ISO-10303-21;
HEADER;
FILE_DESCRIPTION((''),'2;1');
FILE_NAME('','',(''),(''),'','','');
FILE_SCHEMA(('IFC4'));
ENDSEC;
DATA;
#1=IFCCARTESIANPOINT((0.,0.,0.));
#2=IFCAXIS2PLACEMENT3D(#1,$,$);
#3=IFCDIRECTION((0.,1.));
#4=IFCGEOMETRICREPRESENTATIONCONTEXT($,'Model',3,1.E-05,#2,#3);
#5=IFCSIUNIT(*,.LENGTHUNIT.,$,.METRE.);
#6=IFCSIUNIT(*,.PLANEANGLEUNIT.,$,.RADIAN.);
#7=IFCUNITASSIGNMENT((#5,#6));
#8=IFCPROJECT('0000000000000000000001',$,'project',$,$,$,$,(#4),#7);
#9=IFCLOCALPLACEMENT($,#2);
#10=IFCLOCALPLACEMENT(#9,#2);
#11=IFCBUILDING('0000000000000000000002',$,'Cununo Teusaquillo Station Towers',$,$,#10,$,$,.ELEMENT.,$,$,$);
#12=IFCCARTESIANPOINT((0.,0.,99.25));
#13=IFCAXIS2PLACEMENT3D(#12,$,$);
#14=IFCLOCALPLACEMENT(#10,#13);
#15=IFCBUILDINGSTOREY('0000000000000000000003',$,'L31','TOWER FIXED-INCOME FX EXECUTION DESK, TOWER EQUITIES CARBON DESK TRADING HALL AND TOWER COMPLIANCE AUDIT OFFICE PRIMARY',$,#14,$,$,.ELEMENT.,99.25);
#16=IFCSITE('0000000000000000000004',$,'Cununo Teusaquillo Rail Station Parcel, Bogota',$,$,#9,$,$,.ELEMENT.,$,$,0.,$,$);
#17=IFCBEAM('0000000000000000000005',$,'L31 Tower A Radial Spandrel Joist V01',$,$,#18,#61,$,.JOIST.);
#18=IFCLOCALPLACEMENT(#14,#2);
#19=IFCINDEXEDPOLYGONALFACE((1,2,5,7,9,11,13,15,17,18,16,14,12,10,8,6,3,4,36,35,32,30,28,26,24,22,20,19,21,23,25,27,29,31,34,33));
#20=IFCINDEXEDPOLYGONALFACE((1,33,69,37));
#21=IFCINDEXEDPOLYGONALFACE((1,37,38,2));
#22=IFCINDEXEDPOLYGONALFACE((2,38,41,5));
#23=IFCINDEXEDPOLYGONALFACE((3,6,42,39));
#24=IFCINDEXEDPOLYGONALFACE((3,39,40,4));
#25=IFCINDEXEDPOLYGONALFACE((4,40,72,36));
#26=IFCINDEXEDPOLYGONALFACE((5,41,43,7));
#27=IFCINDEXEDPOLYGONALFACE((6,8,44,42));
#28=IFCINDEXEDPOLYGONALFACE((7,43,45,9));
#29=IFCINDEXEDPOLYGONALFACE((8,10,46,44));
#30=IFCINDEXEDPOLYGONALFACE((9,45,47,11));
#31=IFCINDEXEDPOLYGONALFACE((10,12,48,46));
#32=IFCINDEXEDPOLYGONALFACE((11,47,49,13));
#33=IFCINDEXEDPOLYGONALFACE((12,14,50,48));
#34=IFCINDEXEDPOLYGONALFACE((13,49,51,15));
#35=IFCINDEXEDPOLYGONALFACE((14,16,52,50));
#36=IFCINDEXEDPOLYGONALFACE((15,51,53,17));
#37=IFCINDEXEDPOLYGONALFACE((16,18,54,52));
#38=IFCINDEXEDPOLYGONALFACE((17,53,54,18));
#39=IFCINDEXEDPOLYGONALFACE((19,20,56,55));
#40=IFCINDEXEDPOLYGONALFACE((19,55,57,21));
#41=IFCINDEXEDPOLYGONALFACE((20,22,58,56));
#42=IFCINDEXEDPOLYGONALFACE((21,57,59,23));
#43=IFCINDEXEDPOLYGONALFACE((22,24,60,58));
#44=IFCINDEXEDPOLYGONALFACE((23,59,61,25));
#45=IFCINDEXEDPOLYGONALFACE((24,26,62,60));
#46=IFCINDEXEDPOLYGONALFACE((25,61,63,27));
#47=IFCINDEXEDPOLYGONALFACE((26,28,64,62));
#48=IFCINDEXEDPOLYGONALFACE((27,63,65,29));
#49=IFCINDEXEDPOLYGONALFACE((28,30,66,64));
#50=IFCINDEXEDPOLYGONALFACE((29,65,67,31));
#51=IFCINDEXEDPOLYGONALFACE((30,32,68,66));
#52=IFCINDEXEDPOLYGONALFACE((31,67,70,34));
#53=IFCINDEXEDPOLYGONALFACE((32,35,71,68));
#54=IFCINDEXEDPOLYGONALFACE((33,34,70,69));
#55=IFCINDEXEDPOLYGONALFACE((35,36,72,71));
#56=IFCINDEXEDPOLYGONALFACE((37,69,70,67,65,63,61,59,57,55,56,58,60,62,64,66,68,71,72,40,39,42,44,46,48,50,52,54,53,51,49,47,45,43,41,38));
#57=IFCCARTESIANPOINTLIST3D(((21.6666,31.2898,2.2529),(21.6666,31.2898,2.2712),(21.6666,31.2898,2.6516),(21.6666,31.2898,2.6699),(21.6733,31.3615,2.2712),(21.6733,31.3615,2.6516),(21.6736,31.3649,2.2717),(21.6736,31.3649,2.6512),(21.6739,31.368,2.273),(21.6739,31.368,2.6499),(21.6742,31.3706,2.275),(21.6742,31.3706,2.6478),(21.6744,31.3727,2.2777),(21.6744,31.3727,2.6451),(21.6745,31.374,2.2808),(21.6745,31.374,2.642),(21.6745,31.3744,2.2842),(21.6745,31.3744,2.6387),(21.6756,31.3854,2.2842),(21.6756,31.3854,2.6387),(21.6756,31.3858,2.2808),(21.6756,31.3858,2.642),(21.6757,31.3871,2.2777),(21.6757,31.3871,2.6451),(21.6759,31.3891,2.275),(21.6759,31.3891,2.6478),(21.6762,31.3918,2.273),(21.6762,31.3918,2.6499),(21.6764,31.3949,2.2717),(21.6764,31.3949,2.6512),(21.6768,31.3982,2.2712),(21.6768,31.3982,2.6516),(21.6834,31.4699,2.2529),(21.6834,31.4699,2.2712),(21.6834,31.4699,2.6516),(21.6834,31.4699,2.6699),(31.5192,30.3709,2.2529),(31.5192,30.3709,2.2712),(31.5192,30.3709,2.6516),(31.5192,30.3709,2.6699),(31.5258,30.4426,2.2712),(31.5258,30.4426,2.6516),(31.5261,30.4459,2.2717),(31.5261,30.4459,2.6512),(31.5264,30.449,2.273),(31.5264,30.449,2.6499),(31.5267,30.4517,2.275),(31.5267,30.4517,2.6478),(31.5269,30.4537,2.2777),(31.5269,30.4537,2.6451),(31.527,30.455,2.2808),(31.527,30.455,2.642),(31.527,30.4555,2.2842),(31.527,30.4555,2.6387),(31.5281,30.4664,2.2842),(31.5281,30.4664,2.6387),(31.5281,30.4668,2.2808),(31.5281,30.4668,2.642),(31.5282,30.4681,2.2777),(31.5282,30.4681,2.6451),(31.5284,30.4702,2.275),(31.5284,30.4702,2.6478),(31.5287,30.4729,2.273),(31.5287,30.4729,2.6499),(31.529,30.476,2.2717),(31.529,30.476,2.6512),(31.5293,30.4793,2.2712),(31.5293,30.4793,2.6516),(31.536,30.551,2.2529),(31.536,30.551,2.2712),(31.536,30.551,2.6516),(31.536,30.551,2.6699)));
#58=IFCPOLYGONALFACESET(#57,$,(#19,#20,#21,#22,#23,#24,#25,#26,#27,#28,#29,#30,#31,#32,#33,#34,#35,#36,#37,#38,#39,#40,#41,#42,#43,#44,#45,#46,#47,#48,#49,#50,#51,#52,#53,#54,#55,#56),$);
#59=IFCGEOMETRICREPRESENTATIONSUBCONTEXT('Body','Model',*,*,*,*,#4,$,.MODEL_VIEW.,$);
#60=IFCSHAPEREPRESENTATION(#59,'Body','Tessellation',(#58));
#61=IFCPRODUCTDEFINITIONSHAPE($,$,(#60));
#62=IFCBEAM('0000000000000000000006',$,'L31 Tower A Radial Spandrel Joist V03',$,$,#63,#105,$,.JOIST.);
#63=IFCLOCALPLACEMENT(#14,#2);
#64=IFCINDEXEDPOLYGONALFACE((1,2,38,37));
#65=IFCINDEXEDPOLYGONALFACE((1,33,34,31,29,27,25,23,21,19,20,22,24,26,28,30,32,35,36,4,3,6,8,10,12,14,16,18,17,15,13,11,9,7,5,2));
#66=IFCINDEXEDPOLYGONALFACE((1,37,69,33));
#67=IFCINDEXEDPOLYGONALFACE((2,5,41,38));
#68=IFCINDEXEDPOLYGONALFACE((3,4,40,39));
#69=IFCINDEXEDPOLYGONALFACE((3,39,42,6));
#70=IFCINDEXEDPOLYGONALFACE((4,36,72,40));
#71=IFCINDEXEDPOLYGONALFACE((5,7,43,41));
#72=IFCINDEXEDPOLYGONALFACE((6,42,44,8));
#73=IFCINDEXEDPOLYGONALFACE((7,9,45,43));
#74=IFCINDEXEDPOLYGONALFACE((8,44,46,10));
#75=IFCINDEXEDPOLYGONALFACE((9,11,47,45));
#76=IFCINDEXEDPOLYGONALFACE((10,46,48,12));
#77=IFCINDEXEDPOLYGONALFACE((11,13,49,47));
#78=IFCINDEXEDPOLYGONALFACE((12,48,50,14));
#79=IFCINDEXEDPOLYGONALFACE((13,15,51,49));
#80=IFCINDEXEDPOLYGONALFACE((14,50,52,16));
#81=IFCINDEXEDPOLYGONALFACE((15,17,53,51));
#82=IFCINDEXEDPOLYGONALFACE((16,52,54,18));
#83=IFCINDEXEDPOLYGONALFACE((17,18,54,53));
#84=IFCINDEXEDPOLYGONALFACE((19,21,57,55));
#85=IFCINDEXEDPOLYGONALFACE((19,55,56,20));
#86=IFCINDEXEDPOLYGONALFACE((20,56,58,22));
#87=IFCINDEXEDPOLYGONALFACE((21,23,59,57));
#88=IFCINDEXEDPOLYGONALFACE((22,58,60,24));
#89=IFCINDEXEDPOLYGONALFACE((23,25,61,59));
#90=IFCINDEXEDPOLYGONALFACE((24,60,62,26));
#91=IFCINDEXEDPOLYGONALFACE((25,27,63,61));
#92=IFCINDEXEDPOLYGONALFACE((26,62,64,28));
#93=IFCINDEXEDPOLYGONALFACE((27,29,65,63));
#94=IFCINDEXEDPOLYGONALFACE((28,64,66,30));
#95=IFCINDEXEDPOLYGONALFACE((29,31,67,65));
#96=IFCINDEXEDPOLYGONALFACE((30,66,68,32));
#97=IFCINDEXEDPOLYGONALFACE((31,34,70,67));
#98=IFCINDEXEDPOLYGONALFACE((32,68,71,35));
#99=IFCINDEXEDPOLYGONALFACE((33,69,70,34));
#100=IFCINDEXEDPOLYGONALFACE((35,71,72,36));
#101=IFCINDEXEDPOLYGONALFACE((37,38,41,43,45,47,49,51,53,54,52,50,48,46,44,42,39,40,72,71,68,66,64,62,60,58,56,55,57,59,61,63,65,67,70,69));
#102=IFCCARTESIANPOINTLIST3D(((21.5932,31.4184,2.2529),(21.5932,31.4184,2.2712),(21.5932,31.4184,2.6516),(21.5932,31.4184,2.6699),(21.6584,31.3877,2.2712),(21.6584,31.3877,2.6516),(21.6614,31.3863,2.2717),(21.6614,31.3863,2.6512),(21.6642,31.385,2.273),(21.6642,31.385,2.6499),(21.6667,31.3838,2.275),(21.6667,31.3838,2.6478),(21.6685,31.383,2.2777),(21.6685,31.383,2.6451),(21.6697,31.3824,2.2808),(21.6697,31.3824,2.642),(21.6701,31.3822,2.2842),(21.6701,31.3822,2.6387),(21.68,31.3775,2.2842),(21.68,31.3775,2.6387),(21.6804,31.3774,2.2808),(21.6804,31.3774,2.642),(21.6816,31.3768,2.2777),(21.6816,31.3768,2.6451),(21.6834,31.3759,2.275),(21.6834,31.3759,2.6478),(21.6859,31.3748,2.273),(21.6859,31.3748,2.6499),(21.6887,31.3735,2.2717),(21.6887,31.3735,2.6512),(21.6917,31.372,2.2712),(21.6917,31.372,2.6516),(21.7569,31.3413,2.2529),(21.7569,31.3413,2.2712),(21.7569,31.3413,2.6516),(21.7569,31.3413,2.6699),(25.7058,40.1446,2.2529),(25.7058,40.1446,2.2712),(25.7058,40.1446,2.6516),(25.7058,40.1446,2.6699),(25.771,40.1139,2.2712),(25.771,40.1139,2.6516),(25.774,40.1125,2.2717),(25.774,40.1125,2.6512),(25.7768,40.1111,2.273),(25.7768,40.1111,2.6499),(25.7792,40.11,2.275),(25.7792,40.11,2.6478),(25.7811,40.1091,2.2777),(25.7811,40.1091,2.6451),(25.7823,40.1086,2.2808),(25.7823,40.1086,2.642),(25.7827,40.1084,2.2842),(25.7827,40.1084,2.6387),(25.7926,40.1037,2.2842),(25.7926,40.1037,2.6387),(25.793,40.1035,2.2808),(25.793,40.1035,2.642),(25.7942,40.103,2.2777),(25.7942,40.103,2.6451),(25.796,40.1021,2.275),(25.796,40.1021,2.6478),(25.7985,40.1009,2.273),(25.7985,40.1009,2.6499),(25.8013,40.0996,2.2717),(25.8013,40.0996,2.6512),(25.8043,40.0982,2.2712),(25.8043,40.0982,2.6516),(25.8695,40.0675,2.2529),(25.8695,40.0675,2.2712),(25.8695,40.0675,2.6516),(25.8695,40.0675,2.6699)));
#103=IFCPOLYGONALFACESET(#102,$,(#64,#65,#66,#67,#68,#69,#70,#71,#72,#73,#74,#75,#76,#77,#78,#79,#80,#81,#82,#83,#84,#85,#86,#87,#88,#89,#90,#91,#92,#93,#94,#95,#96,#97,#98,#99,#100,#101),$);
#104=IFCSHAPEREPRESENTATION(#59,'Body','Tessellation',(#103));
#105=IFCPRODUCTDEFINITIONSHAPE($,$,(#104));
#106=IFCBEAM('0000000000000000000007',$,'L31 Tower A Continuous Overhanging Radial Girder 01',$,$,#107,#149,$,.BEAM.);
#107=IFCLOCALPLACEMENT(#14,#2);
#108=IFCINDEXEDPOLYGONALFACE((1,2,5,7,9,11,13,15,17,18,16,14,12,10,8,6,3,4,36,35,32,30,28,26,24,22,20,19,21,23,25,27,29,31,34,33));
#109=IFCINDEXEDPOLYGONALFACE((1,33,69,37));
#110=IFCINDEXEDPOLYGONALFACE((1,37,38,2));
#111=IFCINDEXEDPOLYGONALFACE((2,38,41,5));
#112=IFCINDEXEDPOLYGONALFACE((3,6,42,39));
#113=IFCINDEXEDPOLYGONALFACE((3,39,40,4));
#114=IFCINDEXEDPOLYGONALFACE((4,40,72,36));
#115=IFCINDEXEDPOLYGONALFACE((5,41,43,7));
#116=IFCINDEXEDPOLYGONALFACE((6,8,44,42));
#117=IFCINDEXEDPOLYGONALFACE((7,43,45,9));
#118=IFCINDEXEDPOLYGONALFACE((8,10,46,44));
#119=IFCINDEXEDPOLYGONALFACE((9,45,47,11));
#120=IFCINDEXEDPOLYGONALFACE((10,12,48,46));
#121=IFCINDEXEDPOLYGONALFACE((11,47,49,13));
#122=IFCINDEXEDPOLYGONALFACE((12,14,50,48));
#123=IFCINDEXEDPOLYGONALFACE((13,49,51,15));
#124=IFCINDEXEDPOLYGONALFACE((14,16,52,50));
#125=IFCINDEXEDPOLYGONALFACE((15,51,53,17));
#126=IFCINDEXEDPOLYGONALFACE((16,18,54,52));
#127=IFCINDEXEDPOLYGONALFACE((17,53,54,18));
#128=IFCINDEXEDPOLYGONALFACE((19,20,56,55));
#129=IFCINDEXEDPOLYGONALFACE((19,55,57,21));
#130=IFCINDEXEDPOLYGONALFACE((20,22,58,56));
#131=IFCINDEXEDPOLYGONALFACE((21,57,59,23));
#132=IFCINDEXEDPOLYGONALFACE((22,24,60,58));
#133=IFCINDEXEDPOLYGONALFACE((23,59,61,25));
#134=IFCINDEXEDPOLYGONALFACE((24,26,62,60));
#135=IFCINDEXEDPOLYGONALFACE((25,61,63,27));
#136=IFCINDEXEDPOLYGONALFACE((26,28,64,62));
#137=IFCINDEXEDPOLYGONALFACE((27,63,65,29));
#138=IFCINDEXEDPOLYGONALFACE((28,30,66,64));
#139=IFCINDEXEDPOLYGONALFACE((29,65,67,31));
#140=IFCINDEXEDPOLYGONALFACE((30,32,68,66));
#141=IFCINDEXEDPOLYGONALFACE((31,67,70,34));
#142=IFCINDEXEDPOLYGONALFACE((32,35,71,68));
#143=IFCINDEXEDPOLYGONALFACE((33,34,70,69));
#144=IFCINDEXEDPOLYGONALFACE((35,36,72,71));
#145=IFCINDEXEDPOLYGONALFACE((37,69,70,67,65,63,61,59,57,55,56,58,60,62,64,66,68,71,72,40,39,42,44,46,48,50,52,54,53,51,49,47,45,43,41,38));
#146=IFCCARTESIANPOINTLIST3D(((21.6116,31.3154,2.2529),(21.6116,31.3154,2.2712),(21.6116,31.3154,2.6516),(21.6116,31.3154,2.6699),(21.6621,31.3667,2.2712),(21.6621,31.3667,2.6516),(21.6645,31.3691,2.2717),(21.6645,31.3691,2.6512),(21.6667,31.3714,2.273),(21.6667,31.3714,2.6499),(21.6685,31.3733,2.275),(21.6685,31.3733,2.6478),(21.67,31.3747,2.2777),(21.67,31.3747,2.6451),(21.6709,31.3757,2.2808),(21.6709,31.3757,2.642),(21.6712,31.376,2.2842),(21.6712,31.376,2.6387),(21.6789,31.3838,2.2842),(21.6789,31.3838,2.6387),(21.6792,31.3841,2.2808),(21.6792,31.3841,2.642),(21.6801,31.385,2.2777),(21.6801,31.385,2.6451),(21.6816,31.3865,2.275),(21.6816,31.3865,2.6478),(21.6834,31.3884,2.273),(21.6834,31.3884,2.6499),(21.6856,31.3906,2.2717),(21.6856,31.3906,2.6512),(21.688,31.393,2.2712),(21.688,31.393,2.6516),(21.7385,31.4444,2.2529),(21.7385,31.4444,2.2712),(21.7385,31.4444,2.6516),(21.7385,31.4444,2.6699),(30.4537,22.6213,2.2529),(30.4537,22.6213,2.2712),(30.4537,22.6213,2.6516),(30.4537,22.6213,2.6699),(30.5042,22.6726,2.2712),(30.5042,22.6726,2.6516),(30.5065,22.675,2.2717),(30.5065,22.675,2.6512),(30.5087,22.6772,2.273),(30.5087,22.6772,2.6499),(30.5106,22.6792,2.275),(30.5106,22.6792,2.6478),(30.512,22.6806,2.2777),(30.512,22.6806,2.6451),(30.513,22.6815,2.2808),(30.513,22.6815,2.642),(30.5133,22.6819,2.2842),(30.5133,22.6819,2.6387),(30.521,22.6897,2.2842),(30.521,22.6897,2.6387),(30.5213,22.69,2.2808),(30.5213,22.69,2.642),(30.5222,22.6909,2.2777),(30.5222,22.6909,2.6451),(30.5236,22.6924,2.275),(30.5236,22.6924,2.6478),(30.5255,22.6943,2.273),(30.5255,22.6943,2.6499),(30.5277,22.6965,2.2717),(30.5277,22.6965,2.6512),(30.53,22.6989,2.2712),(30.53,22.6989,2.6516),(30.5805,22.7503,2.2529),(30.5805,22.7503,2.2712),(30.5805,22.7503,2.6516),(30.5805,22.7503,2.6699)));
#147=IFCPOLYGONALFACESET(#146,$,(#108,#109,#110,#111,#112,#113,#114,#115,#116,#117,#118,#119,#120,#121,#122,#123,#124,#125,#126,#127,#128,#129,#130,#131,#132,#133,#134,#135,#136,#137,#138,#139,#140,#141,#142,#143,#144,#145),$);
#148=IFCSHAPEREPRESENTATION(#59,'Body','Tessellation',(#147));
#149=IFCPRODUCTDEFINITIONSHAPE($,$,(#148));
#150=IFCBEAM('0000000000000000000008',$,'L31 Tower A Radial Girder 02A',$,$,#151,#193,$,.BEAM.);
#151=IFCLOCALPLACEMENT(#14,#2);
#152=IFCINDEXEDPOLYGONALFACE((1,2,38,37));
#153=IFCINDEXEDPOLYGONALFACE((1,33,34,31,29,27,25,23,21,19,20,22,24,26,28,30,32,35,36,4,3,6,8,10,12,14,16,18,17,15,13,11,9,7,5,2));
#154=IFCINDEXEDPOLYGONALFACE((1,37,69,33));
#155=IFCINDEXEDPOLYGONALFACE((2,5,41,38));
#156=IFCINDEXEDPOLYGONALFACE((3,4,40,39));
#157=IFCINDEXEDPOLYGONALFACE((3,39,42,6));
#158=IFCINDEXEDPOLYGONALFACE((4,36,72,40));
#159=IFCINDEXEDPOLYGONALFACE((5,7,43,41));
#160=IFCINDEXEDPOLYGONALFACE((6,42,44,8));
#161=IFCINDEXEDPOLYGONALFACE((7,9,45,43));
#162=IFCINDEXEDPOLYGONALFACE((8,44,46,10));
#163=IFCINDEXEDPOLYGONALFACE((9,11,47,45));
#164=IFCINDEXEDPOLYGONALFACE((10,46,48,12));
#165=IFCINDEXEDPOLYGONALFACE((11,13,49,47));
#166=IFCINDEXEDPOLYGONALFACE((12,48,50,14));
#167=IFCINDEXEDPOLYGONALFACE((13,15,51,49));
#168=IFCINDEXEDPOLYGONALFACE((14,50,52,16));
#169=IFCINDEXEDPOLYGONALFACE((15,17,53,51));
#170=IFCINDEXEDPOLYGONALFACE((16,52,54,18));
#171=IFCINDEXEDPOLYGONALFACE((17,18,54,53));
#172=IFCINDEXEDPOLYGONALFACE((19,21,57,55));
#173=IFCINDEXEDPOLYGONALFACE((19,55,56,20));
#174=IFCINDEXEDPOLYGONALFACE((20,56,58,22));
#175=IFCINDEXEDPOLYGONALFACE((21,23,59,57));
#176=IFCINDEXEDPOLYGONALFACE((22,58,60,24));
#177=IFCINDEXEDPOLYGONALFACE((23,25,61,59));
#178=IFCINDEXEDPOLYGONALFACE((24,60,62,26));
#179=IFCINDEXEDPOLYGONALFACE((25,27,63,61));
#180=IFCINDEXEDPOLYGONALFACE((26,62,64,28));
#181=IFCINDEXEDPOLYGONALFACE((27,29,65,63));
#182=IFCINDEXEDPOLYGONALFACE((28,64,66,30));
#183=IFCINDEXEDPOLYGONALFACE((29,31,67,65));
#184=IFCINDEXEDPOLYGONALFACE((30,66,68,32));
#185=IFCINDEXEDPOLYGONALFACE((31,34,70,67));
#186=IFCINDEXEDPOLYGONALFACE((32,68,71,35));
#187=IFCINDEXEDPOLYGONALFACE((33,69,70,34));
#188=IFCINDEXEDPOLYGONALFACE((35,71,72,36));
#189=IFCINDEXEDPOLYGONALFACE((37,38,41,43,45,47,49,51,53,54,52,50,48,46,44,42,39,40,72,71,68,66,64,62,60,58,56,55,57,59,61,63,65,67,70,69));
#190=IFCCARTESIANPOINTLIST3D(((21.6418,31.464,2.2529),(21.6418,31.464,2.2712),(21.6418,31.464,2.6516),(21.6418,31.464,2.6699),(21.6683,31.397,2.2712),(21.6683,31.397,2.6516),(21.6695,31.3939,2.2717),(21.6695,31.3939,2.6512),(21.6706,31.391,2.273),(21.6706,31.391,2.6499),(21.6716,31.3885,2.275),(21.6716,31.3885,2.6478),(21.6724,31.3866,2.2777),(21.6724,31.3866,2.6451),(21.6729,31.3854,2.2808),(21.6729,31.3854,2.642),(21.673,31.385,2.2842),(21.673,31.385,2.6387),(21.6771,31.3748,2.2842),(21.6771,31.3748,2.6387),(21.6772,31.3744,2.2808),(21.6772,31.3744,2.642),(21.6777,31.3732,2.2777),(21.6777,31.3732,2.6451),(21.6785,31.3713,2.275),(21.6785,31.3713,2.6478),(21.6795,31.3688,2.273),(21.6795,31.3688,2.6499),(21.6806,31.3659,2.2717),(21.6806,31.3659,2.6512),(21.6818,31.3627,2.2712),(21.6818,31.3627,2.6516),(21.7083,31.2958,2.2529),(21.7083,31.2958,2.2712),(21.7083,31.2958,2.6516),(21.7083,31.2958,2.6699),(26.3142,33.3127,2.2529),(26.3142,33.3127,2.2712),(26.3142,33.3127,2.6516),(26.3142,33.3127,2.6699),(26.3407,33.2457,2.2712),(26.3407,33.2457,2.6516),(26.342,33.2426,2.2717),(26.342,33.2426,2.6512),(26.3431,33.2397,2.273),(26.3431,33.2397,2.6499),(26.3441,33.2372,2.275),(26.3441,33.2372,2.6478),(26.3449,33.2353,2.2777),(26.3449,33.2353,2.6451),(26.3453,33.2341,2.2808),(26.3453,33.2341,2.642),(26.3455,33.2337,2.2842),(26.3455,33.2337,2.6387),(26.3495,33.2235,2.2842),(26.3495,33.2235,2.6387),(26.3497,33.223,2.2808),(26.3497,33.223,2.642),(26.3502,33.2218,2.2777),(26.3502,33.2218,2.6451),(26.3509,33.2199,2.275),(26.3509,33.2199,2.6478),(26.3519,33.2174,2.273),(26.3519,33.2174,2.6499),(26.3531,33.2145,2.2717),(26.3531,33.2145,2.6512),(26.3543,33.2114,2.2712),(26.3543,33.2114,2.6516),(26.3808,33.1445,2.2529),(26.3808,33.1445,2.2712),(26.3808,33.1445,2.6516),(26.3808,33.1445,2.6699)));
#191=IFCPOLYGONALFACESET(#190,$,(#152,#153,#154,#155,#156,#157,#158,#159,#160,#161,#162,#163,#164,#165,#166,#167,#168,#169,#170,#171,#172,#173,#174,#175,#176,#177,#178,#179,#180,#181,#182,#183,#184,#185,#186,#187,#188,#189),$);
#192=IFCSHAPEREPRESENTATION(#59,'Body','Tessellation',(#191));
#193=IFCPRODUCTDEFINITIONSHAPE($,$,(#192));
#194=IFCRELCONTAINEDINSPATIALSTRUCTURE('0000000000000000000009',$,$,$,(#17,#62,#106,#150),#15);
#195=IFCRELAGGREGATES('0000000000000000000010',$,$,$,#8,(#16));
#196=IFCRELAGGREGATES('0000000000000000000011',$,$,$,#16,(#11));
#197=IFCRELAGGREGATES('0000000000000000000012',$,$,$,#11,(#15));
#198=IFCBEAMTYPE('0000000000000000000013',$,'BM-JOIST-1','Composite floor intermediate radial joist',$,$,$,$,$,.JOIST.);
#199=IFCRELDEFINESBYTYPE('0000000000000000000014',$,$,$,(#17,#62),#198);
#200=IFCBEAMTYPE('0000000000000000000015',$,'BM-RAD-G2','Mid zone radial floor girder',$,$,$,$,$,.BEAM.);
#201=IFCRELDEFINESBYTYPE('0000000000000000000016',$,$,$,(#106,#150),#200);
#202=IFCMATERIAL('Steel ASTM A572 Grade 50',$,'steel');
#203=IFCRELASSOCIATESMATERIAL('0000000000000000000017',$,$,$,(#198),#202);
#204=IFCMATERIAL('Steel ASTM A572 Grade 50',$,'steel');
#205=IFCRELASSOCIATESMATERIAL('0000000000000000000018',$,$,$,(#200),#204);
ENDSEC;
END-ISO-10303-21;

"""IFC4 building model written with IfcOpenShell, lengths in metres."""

from ifc_helpers import new_model, si_unit, direction, frame, origin, origin_2d, place, context, subcontext, project, spatial, i_section, extrude, material, material_profile, profile_set, type_object, element, save


model = new_model("IFC4")

# Units and contexts
model_context = context("Model", 3, precision=1e-05, world=origin(), true_north=direction((0.0, 1.0)))
body_context = subcontext(model_context, "Body", "Model", "MODEL_VIEW")
ifc_project = project(units=[si_unit("LENGTHUNIT", "METRE"), si_unit("PLANEANGLEUNIT", "RADIAN")], contexts=[model_context])

# Site, building, storey
site_placement = place(None, origin())
site = spatial("IfcSite", under=ifc_project, at=site_placement, Name="Cununo Teusaquillo Rail Station Parcel, Bogota", CompositionType="ELEMENT", RefElevation=0.0)
building_placement = place(site_placement, origin())
building = spatial("IfcBuilding", under=site, at=building_placement, Name="Cununo Teusaquillo Station Towers", CompositionType="ELEMENT")
storey_placement = place(building_placement, frame((0.0, 0.0, 99.25)))
storey = spatial("IfcBuildingStorey", under=building, at=storey_placement, Name="L31", Description="TOWER FIXED-INCOME FX EXECUTION DESK, TOWER EQUITIES CARBON DESK TRADING HALL AND TOWER COMPLIANCE AUDIT OFFICE PRIMARY", CompositionType="ELEMENT", Elevation=99.25)

# Beams
ifc_material_1 = material(Name="Steel ASTM A572 Grade 50", Category="steel")
ifc_material_profile_1 = material_profile(ifc_material_1, i_section(OverallWidth=0.1809, OverallDepth=0.417, WebThickness=0.011, FlangeThickness=0.0183, FilletRadius=0.0129, at=origin_2d()), Name="W16X57")
ifc_profile_set_1 = profile_set([ifc_material_profile_1], Name="Steel ASTM A572 Grade 50")
beam_type_1 = type_object("IfcBeamType", Name="BM-JOIST-1", Description="Composite floor intermediate radial joist", PredefinedType="JOIST", material=ifc_profile_set_1)
beam_1_placement = place(storey_placement, frame((21.675, 31.3799, 2.4614), z_axis=(0.995679, -0.092867, 0.0), x_axis=(0.092867, 0.995679, 0.0)))
element("IfcBeam", 1, at=beam_1_placement, inside=storey, type_object=beam_type_1, Name="L31 Tower A Radial Spandrel Joist V01", PredefinedType="JOIST", context=body_context, shape_type="SweptSolid", body=[
    extrude(i_section(OverallWidth=0.1809, OverallDepth=0.417, WebThickness=0.011, FlangeThickness=0.0183, FilletRadius=0.0129, at=origin_2d()), origin(), (0.0, 0.0, 1.0), 9.8953),
])
beam_2_placement = place(storey_placement, frame((21.675, 31.3799, 2.4614), z_axis=(0.42632, 0.904572, 0.0), x_axis=(-0.904572, 0.42632, 0.0)))
element("IfcBeam", 2, at=beam_2_placement, inside=storey, type_object=beam_type_1, Name="L31 Tower A Radial Spandrel Joist V03", PredefinedType="JOIST", context=body_context, shape_type="SweptSolid", body=[
    extrude(i_section(OverallWidth=0.1809, OverallDepth=0.417, WebThickness=0.011, FlangeThickness=0.0183, FilletRadius=0.0129, at=origin_2d()), origin(), (0.0, 0.0, 1.0), 9.6467),
])
ifc_material_2 = material(Name="Steel ASTM A572 Grade 50", Category="steel")
ifc_material_profile_2 = material_profile(ifc_material_2, i_section(OverallWidth=0.1809, OverallDepth=0.417, WebThickness=0.011, FlangeThickness=0.0183, FilletRadius=0.0129, at=origin_2d()), Name="W16X57")
ifc_profile_set_2 = profile_set([ifc_material_profile_2], Name="Steel ASTM A572 Grade 50")
beam_type_2 = type_object("IfcBeamType", Name="BM-RAD-G2", Description="Mid zone radial floor girder", PredefinedType="BEAM", material=ifc_profile_set_2)
beam_3_placement = place(storey_placement, frame((21.675, 31.3799, 2.4614), z_axis=(0.713047, -0.701116, 0.0), x_axis=(0.701116, 0.713047, 0.0)))
element("IfcBeam", 3, at=beam_3_placement, inside=storey, type_object=beam_type_2, Name="L31 Tower A Continuous Overhanging Radial Girder 01", PredefinedType="BEAM", context=body_context, shape_type="SweptSolid", body=[
    extrude(i_section(OverallWidth=0.1809, OverallDepth=0.417, WebThickness=0.011, FlangeThickness=0.0183, FilletRadius=0.0129, at=origin_2d()), origin(), (0.0, 0.0, 1.0), 12.4004),
])
beam_4_placement = place(storey_placement, frame((21.675, 31.3799, 2.4614), z_axis=(0.929864, 0.367903, 0.0), x_axis=(-0.367903, 0.929864, 0.0)))
element("IfcBeam", 4, at=beam_4_placement, inside=storey, type_object=beam_type_2, Name="L31 Tower A Radial Girder 02A", PredefinedType="BEAM", context=body_context, shape_type="SweptSolid", body=[
    extrude(i_section(OverallWidth=0.1809, OverallDepth=0.417, WebThickness=0.011, FlangeThickness=0.0183, FilletRadius=0.0129, at=origin_2d()), origin(), (0.0, 0.0, 1.0), 5.0249),
])

save(model, "model.ifc")
